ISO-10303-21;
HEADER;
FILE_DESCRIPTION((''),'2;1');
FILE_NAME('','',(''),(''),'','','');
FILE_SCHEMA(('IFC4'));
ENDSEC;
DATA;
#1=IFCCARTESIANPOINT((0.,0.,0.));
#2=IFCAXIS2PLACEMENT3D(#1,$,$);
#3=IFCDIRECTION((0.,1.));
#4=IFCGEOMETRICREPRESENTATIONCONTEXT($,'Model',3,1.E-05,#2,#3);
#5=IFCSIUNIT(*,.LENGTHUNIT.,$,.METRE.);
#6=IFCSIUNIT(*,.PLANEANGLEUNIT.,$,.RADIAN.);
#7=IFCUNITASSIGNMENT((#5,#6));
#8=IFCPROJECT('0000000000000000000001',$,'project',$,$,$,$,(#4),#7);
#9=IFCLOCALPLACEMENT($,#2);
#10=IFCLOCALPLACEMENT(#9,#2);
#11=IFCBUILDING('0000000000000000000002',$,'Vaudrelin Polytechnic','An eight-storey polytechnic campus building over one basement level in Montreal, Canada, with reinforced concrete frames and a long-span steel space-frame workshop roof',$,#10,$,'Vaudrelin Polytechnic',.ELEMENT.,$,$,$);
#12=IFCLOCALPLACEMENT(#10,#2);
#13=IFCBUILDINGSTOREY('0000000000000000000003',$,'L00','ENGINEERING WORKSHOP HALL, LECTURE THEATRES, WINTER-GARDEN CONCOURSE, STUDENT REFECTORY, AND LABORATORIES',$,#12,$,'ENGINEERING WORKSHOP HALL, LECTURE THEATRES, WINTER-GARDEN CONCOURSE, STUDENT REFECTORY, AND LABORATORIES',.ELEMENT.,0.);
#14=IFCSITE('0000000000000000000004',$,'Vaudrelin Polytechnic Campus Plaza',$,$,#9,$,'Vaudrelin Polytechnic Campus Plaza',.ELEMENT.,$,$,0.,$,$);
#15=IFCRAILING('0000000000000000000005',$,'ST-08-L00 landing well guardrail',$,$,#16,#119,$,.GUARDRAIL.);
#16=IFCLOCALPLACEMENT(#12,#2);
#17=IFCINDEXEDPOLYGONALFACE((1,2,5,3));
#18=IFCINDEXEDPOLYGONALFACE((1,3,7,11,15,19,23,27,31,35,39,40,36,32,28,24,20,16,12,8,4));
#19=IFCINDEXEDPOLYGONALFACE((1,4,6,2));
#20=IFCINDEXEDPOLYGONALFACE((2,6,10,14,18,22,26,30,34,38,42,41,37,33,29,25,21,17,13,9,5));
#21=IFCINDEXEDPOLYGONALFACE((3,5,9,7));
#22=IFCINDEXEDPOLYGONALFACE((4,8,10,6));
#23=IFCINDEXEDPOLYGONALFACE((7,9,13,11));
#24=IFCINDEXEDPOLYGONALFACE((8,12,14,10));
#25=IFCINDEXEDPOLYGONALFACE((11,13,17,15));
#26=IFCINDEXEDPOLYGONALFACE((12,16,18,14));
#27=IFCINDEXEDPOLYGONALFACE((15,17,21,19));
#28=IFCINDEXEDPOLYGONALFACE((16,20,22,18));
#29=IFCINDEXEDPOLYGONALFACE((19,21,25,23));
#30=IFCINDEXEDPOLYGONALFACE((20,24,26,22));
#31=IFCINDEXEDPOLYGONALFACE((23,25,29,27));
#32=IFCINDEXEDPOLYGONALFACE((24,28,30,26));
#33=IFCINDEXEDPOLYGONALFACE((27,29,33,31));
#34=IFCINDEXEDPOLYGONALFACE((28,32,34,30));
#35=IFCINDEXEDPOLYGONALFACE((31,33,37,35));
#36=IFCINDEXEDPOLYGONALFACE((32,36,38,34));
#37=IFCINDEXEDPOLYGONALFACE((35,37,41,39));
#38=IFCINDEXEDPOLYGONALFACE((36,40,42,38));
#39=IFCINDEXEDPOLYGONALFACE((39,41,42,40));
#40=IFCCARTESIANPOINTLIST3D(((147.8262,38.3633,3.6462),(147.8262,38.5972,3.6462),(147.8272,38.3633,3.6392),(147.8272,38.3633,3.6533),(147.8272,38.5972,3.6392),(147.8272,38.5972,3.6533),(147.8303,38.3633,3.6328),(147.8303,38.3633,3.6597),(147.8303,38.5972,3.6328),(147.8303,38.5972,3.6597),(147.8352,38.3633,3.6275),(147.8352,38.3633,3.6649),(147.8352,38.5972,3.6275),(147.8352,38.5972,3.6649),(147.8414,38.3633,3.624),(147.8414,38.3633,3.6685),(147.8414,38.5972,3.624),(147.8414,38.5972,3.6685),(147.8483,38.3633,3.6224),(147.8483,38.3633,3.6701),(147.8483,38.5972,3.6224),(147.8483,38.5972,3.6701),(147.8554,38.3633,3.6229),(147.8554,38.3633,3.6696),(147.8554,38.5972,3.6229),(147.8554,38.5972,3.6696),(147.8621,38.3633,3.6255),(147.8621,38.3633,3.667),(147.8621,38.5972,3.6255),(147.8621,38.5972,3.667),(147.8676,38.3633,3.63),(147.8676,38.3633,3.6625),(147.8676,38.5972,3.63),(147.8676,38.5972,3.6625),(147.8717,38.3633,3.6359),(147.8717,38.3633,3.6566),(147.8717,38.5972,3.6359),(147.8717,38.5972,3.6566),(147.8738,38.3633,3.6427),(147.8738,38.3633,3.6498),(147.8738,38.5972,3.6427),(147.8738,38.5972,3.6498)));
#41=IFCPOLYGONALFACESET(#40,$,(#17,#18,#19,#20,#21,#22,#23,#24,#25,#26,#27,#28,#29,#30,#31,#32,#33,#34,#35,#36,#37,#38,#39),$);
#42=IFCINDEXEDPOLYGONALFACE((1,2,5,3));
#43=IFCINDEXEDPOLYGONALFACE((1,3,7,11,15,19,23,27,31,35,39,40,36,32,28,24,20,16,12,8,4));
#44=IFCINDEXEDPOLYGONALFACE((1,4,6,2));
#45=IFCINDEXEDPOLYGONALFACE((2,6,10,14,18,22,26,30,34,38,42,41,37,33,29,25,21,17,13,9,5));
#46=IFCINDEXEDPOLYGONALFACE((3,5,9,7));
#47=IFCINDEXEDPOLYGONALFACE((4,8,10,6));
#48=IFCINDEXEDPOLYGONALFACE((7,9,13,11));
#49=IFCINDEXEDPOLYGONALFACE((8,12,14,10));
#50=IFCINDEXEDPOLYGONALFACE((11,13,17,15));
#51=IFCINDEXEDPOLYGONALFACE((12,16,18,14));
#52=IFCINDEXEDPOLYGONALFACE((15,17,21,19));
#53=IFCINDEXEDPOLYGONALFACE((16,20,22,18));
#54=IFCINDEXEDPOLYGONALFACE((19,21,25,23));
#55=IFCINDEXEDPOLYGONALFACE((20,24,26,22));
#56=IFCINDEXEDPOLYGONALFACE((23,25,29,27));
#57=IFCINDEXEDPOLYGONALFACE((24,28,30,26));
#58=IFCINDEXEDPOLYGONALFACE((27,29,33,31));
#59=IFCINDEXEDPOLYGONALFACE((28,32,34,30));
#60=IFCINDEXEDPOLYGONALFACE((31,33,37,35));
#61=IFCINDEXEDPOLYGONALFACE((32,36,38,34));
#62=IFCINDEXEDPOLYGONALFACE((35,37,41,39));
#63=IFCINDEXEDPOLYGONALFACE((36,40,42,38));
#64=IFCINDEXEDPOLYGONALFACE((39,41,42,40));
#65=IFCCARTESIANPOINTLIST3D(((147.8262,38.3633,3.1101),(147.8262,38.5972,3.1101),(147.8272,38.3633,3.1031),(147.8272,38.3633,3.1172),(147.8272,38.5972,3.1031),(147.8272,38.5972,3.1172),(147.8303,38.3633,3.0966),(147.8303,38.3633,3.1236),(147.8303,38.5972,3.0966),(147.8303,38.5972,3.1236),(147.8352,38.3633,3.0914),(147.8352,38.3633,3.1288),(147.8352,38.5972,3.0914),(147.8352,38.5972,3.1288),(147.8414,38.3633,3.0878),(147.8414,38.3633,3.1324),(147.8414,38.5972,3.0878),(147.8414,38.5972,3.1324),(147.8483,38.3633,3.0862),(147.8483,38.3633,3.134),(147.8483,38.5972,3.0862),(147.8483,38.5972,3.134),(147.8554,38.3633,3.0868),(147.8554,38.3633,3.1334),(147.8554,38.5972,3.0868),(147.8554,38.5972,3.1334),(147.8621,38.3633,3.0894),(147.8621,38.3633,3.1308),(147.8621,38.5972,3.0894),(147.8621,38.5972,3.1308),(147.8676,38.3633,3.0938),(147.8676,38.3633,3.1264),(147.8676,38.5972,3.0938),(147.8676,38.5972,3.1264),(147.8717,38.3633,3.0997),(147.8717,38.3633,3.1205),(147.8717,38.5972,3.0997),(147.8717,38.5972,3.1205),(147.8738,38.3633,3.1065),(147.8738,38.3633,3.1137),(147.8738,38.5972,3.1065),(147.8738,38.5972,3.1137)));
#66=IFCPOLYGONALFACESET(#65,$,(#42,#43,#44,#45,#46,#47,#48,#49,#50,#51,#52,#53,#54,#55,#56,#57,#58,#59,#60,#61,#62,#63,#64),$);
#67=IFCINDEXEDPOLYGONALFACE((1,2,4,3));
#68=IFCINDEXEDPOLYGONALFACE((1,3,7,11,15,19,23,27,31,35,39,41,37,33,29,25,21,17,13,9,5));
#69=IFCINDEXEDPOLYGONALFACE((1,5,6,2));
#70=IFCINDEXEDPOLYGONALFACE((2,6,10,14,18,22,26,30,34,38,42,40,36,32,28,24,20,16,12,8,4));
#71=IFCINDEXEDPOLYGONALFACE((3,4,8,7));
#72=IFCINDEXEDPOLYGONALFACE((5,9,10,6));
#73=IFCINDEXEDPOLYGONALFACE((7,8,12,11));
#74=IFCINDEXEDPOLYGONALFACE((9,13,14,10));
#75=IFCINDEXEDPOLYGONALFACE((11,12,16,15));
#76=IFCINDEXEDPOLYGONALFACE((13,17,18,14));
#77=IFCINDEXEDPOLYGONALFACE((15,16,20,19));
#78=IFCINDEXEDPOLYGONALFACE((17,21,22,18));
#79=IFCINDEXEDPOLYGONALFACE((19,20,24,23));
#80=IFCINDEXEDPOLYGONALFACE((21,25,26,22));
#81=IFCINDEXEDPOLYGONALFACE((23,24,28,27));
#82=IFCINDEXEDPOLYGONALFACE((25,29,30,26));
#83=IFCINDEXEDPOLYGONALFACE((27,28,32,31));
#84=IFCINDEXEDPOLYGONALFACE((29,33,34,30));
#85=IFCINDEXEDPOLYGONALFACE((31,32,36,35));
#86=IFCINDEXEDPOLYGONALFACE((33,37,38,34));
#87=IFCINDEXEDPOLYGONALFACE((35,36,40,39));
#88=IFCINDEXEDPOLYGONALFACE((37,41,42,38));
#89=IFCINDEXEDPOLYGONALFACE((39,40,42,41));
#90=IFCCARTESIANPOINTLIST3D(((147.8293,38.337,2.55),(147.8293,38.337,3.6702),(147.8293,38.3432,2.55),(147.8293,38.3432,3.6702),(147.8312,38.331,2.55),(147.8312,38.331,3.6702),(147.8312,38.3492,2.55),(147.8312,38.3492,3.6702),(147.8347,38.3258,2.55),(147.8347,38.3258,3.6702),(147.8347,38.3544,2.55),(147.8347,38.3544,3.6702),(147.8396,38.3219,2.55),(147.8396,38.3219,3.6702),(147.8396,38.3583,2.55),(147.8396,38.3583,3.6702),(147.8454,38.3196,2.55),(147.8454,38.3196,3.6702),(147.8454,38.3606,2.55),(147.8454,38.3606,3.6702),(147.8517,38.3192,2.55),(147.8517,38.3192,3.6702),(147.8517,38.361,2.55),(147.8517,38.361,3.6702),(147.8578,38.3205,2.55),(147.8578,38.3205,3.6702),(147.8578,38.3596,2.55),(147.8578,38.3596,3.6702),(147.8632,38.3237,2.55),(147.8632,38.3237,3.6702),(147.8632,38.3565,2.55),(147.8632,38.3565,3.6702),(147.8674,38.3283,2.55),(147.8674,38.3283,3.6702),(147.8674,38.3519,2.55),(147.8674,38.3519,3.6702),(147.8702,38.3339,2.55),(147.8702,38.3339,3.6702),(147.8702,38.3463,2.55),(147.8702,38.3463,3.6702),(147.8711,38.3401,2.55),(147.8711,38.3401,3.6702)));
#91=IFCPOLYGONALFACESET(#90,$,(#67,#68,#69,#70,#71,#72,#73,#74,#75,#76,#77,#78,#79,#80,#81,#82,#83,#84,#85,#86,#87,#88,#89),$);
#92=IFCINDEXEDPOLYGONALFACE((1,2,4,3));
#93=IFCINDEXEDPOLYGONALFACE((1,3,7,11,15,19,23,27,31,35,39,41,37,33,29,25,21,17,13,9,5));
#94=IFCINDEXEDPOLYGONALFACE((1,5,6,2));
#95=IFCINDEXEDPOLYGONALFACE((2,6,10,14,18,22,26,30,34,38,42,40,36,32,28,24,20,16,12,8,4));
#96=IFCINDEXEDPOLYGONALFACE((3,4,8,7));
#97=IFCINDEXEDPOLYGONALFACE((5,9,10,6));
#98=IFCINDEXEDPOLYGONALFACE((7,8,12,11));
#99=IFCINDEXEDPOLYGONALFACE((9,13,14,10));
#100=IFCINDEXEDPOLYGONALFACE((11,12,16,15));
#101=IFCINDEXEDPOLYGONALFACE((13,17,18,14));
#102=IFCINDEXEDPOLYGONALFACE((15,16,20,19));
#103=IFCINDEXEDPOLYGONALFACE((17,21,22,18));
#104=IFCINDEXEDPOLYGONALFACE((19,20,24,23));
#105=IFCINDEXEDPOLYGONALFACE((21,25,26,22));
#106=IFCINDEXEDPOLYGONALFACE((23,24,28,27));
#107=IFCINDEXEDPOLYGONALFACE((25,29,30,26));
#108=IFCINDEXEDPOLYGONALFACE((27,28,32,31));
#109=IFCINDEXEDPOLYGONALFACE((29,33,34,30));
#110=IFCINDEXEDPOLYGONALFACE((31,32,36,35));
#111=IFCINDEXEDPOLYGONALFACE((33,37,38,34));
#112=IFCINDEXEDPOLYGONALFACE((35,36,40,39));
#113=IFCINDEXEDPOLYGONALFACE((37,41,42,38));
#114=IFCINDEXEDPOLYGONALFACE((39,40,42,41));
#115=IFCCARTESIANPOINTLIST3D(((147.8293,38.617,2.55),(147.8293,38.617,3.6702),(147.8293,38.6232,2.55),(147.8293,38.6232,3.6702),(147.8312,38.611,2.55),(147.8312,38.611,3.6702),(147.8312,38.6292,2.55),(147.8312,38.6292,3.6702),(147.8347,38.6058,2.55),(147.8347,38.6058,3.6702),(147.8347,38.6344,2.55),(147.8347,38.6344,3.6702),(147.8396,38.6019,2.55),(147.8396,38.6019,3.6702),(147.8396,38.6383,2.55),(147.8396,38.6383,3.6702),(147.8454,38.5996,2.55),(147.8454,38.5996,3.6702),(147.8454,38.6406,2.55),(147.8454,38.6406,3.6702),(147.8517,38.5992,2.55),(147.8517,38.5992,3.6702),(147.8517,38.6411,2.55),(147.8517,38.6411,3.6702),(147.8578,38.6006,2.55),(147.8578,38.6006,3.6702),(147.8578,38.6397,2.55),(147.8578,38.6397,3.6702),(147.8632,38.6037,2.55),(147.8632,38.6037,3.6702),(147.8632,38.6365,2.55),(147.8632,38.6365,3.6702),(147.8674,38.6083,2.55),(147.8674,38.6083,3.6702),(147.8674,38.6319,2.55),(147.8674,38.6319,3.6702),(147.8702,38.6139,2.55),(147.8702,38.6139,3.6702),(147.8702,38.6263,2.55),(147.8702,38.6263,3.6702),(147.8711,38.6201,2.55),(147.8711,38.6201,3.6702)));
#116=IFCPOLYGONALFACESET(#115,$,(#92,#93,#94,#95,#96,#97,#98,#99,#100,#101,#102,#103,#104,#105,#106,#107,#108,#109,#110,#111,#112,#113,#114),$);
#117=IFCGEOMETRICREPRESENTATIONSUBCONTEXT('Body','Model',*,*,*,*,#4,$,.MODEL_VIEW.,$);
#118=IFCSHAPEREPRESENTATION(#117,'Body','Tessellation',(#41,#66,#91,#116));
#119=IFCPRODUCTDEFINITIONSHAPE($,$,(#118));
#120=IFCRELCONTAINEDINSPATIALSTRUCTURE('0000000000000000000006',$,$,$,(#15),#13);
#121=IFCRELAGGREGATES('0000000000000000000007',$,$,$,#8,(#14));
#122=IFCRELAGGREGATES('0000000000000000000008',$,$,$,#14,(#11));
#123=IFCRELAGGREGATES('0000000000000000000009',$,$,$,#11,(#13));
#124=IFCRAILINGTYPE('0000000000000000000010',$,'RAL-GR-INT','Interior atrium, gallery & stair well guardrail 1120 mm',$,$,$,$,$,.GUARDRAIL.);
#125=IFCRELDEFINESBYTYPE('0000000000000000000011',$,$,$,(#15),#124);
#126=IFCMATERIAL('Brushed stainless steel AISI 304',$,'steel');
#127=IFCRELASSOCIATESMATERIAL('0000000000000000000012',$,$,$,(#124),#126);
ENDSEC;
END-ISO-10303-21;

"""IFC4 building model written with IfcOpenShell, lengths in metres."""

from ifc_helpers import new_model, si_unit, direction, frame, origin, origin_2d, place, context, subcontext, project, spatial, circle, extrude, material, type_object, element, save


model = new_model("IFC4")

# Units and contexts
model_context = context("Model", 3, precision=1e-05, world=origin(), true_north=direction((0.0, 1.0)))
body_context = subcontext(model_context, "Body", "Model", "MODEL_VIEW")
ifc_project = project(units=[si_unit("LENGTHUNIT", "METRE"), si_unit("PLANEANGLEUNIT", "RADIAN")], contexts=[model_context])

# Site, building, storey
site_placement = place(None, origin())
site = spatial("IfcSite", under=ifc_project, at=site_placement, Name="Vaudrelin Polytechnic Campus Plaza", LongName="Vaudrelin Polytechnic Campus Plaza", CompositionType="ELEMENT", RefElevation=0.0)
building_placement = place(site_placement, origin())
building = spatial("IfcBuilding", under=site, at=building_placement, Name="Vaudrelin Polytechnic", Description="An eight-storey polytechnic campus building over one basement level in Montreal, Canada, with reinforced concrete frames and a long-span steel space-frame workshop roof", LongName="Vaudrelin Polytechnic", CompositionType="ELEMENT")
storey_placement = place(building_placement, origin())
storey = spatial("IfcBuildingStorey", under=building, at=storey_placement, Name="L00", Description="ENGINEERING WORKSHOP HALL, LECTURE THEATRES, WINTER-GARDEN CONCOURSE, STUDENT REFECTORY, AND LABORATORIES", LongName="ENGINEERING WORKSHOP HALL, LECTURE THEATRES, WINTER-GARDEN CONCOURSE, STUDENT REFECTORY, AND LABORATORIES", CompositionType="ELEMENT", Elevation=0.0)

# Railing
ifc_material_1 = material(Name="Brushed stainless steel AISI 304", Category="steel")
railing_type_1 = type_object("IfcRailingType", Name="RAL-GR-INT", Description="Interior atrium, gallery & stair well guardrail 1120 mm", PredefinedType="GUARDRAIL", material=ifc_material_1)
railing_1_placement = place(storey_placement, frame((147.8501, 38.3401, 2.55)))
element("IfcRailing", 1, at=railing_1_placement, inside=storey, type_object=railing_type_1, Name="ST-08-L00 landing well guardrail", PredefinedType="GUARDRAIL", context=body_context, shape_type="SweptSolid", body=[
    extrude(circle(Radius=0.0239, at=origin_2d()), frame((0.0, 0.0232, 1.0962), z_axis=(0.0, 1.0, 0.0), x_axis=(-1.0, 0.0, 0.0)), (0.0, 0.0, 1.0), 0.2339),
    extrude(circle(Radius=0.0239, at=origin_2d()), frame((0.0, 0.0232, 0.5601), z_axis=(0.0, 1.0, 0.0), x_axis=(-1.0, 0.0, 0.0)), (0.0, 0.0, 1.0), 0.2339),
    extrude(circle(Radius=0.021, at=origin_2d()), origin(), (0.0, 0.0, 1.0), 1.1201),
    extrude(circle(Radius=0.021, at=origin_2d()), frame((0.0, 0.28, 0.0)), (0.0, 0.0, 1.0), 1.1201),
])

save(model, "model.ifc")
